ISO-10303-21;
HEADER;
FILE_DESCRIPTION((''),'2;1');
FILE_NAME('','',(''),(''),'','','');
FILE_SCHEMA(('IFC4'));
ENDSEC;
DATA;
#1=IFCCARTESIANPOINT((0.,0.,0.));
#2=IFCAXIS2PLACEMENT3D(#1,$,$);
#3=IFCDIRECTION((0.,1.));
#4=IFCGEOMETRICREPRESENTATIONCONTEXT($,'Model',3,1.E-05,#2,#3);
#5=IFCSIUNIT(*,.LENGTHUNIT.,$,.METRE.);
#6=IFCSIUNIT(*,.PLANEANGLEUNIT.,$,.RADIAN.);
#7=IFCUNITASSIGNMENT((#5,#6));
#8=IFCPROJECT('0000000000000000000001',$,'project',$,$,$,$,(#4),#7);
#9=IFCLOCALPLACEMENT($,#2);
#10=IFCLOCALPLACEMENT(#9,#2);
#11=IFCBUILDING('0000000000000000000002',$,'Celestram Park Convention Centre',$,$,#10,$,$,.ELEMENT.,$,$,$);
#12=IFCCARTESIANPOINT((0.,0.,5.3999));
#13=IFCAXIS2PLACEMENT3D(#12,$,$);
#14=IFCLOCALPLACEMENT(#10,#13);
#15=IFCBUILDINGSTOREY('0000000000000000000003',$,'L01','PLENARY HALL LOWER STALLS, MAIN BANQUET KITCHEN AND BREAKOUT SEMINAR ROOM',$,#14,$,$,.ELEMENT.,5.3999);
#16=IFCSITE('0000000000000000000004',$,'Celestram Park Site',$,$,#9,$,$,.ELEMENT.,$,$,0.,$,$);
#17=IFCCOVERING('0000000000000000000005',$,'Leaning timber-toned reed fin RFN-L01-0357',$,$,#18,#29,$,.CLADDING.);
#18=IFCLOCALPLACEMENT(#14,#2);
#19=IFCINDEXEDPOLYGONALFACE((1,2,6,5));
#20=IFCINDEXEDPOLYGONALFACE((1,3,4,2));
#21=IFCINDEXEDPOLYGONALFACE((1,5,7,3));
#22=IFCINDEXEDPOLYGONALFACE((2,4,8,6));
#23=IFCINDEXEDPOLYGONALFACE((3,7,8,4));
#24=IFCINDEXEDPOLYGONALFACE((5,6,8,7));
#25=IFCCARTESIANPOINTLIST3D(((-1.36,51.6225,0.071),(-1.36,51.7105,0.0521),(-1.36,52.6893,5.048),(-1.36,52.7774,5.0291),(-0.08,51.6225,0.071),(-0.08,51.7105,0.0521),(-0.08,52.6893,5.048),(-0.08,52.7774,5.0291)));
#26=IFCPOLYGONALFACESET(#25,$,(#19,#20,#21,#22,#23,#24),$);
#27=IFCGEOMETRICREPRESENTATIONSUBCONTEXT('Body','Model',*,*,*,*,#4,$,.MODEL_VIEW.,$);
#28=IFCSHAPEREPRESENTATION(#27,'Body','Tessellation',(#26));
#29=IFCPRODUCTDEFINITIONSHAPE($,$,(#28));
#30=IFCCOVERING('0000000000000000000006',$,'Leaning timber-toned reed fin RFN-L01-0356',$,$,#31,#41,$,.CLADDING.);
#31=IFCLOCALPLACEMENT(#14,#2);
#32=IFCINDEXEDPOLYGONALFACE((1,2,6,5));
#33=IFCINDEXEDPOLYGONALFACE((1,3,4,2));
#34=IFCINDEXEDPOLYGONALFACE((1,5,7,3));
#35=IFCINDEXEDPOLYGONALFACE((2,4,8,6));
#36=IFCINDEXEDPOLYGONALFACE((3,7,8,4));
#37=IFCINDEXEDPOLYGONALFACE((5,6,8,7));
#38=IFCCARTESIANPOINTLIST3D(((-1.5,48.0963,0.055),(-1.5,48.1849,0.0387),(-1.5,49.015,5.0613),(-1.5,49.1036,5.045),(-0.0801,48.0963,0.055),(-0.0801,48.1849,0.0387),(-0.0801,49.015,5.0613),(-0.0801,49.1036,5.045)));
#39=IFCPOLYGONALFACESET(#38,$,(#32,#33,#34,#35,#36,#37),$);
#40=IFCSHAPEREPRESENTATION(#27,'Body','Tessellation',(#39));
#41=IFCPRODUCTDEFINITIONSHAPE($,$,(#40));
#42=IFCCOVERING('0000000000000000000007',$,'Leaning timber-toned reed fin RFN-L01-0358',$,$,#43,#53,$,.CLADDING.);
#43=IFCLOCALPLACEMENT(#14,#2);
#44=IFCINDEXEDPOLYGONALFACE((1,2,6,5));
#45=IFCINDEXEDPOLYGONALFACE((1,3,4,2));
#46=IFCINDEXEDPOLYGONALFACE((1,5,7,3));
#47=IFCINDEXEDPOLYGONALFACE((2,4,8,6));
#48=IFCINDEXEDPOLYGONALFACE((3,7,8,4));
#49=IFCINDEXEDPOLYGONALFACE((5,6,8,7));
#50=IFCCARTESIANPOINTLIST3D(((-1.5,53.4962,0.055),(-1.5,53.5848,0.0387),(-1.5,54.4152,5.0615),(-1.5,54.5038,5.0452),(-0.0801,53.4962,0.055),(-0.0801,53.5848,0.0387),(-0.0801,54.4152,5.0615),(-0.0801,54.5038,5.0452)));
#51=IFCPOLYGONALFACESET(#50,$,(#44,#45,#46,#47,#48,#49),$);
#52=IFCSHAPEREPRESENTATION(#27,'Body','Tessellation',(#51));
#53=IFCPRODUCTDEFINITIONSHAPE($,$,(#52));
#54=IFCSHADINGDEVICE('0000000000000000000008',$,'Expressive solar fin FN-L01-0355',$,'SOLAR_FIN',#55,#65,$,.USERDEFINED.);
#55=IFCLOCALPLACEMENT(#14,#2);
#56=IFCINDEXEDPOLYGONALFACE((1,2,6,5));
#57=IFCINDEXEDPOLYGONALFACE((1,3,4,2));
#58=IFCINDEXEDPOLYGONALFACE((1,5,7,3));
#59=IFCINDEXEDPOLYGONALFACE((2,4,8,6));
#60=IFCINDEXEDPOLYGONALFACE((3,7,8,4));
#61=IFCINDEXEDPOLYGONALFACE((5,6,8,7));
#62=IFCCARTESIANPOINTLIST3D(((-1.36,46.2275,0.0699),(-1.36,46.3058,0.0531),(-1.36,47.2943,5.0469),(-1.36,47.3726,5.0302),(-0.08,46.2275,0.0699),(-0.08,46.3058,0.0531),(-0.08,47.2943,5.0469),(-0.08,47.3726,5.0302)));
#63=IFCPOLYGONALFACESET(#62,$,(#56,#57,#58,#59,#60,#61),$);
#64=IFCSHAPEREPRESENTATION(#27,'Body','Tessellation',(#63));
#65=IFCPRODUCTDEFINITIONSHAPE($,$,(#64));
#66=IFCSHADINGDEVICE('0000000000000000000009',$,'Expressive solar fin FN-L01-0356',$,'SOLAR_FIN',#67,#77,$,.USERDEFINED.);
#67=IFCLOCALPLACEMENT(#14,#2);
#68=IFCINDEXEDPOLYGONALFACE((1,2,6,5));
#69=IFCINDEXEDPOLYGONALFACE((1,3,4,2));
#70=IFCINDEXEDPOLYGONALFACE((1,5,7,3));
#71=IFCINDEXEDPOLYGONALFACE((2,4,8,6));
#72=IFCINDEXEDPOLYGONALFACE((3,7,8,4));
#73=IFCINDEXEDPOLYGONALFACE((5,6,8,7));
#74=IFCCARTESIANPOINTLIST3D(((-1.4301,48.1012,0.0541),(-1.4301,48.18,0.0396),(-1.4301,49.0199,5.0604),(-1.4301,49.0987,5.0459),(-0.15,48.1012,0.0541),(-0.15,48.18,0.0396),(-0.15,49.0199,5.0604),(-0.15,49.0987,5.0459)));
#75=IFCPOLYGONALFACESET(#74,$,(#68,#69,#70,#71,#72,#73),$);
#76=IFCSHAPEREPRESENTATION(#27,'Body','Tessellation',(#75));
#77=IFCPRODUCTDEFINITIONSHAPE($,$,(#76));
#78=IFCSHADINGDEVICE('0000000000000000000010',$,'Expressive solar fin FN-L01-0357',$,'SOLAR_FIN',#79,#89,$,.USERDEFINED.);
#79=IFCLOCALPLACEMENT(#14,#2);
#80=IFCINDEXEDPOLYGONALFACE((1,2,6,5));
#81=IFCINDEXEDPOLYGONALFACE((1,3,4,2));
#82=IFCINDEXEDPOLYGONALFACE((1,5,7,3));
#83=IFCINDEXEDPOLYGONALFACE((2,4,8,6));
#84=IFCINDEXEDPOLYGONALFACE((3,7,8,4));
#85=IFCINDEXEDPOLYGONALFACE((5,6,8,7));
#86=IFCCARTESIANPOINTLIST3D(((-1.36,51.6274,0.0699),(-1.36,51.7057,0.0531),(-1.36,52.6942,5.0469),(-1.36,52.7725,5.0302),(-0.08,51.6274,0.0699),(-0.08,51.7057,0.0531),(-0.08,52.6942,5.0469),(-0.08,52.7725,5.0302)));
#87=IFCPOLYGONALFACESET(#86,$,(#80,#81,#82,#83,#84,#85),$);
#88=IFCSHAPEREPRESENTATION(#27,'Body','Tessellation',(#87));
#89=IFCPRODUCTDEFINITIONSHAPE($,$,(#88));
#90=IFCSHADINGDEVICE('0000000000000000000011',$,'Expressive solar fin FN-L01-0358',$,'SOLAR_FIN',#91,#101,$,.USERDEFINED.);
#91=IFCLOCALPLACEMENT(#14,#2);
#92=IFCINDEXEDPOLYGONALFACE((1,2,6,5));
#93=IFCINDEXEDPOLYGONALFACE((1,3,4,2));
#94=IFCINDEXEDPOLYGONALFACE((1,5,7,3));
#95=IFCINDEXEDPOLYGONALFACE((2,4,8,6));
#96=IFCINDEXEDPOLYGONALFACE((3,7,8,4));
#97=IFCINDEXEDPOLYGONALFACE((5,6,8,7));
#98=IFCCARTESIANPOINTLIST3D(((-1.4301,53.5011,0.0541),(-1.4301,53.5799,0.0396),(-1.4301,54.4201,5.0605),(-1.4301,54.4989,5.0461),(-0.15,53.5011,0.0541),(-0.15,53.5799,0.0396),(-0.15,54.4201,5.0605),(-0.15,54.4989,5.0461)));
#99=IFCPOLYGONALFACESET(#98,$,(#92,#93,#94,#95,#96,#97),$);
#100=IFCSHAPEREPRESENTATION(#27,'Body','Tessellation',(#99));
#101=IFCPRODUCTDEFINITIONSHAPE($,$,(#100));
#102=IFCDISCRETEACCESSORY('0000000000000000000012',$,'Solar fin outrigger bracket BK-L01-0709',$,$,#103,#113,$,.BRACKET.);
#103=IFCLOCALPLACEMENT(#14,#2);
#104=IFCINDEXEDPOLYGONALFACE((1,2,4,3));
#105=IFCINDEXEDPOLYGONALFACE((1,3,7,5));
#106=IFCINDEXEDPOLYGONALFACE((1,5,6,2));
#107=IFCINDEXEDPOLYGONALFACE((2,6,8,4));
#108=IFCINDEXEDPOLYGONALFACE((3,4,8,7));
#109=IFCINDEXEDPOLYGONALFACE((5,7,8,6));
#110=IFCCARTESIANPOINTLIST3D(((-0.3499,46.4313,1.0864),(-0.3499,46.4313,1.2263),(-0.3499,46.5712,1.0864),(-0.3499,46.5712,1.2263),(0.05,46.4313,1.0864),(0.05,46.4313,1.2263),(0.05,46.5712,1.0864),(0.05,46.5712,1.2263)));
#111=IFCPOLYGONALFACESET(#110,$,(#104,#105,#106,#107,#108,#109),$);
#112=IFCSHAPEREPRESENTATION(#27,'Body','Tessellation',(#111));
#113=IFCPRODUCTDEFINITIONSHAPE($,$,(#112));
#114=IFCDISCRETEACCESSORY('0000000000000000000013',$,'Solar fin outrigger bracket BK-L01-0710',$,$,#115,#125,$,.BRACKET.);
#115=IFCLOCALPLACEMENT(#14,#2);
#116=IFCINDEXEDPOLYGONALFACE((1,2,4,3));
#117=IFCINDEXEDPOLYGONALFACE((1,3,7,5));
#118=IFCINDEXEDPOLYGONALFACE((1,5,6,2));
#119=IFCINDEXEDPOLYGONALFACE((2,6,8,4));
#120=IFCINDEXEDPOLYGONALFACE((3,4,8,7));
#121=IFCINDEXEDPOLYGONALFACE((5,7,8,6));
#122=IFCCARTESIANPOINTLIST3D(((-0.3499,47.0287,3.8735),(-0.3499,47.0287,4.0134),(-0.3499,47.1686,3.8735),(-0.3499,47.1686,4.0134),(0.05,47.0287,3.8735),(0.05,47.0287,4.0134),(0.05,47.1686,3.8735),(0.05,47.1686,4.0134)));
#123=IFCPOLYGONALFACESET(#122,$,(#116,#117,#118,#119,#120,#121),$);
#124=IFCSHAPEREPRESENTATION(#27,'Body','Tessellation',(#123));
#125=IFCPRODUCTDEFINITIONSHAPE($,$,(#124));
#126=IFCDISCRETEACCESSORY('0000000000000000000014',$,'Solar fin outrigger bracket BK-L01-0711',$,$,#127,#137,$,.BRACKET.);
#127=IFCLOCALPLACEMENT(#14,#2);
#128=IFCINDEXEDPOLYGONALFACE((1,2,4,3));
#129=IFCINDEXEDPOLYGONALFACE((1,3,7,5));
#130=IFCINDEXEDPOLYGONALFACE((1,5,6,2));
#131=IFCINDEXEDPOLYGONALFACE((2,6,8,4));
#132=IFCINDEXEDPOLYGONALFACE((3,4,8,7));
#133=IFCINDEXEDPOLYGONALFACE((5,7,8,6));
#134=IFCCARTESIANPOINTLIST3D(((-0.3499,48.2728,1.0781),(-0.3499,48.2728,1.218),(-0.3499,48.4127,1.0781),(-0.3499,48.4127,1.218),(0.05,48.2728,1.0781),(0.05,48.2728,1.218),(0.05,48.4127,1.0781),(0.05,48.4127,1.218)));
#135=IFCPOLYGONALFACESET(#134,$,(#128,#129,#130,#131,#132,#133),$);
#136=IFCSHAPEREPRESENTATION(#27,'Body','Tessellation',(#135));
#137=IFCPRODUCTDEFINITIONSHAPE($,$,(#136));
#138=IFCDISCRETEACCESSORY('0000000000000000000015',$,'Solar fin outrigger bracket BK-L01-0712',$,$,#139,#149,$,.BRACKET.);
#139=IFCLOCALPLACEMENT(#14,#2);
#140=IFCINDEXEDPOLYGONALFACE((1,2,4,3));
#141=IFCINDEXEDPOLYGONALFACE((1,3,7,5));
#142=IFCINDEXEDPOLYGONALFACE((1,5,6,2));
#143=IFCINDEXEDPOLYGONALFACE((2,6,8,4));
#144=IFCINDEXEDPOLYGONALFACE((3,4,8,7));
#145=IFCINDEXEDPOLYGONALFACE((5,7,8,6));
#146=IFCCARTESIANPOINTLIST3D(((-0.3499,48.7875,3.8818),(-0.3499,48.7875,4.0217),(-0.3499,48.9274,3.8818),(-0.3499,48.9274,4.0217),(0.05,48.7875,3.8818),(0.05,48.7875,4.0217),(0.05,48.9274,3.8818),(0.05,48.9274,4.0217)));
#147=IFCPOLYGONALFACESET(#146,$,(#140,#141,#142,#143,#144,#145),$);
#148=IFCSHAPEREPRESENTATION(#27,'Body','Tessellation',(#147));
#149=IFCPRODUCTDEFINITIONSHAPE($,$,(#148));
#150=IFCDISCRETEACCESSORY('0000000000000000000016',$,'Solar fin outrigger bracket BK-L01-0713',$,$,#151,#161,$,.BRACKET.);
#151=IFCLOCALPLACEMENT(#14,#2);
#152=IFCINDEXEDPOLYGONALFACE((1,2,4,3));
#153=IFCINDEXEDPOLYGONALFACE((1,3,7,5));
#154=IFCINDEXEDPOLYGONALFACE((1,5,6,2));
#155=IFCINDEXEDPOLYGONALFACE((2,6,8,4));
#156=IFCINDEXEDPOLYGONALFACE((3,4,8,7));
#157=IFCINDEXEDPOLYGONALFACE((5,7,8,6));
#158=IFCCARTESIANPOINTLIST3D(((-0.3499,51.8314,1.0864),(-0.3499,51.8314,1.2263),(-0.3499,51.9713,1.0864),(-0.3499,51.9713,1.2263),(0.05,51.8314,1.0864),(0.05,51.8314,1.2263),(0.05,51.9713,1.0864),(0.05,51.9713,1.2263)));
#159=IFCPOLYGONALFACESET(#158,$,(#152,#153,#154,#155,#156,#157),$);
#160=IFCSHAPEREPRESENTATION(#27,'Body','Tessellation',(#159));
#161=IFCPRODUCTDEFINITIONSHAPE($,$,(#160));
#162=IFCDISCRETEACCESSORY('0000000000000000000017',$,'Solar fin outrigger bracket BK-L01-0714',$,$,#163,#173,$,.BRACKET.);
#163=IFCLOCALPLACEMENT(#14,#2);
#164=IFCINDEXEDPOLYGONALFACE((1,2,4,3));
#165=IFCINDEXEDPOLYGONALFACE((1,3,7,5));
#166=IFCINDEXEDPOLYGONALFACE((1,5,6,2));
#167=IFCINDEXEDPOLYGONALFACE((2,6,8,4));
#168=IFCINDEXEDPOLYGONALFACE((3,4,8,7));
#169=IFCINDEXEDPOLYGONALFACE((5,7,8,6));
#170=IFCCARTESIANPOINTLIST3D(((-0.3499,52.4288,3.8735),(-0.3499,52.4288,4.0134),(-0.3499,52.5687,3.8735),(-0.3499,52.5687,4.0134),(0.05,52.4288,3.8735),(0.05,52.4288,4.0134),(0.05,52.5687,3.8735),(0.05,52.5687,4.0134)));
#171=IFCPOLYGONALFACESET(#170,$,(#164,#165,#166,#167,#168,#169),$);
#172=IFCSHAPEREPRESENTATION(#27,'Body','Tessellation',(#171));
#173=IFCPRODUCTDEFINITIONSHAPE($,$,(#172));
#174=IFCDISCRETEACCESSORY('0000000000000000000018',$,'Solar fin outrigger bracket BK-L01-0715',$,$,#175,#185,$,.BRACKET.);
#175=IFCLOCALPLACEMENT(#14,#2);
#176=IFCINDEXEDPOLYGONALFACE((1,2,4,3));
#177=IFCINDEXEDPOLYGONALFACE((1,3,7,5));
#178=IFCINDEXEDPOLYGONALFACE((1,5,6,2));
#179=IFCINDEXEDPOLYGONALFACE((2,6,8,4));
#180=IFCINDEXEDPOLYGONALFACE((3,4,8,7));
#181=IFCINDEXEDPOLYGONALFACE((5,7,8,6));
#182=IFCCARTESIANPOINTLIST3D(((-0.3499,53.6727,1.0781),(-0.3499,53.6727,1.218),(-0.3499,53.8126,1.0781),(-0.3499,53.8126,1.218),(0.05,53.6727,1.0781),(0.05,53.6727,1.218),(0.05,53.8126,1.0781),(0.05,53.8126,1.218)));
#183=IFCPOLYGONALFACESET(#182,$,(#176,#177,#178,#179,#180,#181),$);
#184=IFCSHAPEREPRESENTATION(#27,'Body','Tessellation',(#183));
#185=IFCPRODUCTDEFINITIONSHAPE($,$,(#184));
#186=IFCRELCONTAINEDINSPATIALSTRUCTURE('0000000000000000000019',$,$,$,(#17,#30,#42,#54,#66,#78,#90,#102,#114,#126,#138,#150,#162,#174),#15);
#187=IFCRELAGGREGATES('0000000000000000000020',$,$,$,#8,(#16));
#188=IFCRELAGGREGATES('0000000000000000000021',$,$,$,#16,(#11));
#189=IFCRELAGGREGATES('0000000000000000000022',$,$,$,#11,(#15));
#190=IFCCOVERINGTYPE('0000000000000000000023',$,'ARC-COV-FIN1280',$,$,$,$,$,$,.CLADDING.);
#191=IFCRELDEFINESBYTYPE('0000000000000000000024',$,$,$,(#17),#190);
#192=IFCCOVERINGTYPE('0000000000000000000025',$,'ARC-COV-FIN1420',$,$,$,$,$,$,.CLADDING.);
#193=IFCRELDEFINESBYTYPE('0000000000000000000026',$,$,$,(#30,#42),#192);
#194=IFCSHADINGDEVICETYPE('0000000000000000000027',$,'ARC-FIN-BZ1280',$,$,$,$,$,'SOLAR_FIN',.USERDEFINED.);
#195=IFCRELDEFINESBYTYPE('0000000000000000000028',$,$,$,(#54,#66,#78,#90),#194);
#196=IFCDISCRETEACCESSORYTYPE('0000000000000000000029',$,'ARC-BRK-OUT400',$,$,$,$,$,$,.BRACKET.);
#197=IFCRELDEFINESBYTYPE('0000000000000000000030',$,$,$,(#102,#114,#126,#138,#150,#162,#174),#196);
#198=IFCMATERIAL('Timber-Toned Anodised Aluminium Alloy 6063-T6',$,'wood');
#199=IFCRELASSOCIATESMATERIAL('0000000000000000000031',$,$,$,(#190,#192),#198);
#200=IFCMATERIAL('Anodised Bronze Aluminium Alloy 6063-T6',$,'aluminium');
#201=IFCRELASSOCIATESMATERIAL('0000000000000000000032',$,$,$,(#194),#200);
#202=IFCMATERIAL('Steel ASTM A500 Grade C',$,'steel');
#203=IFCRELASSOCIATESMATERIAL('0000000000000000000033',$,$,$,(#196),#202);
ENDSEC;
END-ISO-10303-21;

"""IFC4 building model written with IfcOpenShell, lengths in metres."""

from ifc_helpers import new_model, si_unit, direction, frame, origin, origin_2d, place, context, subcontext, project, spatial, rectangle, extrude, material, material_profile, profile_set, type_object, element, save


model = new_model("IFC4")

# Units and contexts
model_context = context("Model", 3, precision=1e-05, world=origin(), true_north=direction((0.0, 1.0)))
body_context = subcontext(model_context, "Body", "Model", "MODEL_VIEW")
ifc_project = project(units=[si_unit("LENGTHUNIT", "METRE"), si_unit("PLANEANGLEUNIT", "RADIAN")], contexts=[model_context])

# Site, building, storey
site_placement = place(None, origin())
site = spatial("IfcSite", under=ifc_project, at=site_placement, Name="Celestram Park Site", CompositionType="ELEMENT", RefElevation=0.0)
building_placement = place(site_placement, origin())
building = spatial("IfcBuilding", under=site, at=building_placement, Name="Celestram Park Convention Centre", CompositionType="ELEMENT")
storey_placement = place(building_placement, frame((0.0, 0.0, 5.3999)))
storey = spatial("IfcBuildingStorey", under=building, at=storey_placement, Name="L01", Description="PLENARY HALL LOWER STALLS, MAIN BANQUET KITCHEN AND BREAKOUT SEMINAR ROOM", CompositionType="ELEMENT", Elevation=5.3999)

# Shared definitions
ifc_material_1 = material(Name="Steel ASTM A500 Grade C", Category="steel")

# Coverings
ifc_material_2 = material(Name="Timber-Toned Anodised Aluminium Alloy 6063-T6", Category="wood")
ifc_material_profile_1 = material_profile(ifc_material_2, rectangle(XDim=1.28, YDim=0.0901, at=origin_2d()), Name="REED1280X90")
ifc_profile_set_1 = profile_set([ifc_material_profile_1], Name="Timber-Toned Anodised Aluminium Alloy 6063-T6")
covering_type_1 = type_object("IfcCoveringType", Name="ARC-COV-FIN1280", PredefinedType="CLADDING", material=ifc_profile_set_1)
covering_1_placement = place(storey_placement, frame((-0.72, 51.6665, 0.0615), z_axis=(0.0, 0.209601, 0.977787), x_axis=(-1.0, 0.0, 0.0)))
element("IfcCovering", 1, at=covering_1_placement, inside=storey, type_object=covering_type_1, Name="Leaning timber-toned reed fin RFN-L01-0357", PredefinedType="CLADDING", context=body_context, shape_type="SweptSolid", body=[
    extrude(rectangle(XDim=1.28, YDim=0.0901, at=origin_2d()), origin(), (0.0, 0.0, 1.0), 5.0901),
])
ifc_material_profile_2 = material_profile(ifc_material_2, rectangle(XDim=1.4199, YDim=0.0901, at=origin_2d()), Name="REED1420X90")
ifc_profile_set_2 = profile_set([ifc_material_profile_2], Name="Timber-Toned Anodised Aluminium Alloy 6063-T6")
covering_type_2 = type_object("IfcCoveringType", Name="ARC-COV-FIN1420", PredefinedType="CLADDING", material=ifc_profile_set_2)
covering_2_placement = place(storey_placement, frame((-0.79, 48.1406, 0.0469), z_axis=(0.0, 0.180493, 0.983576), x_axis=(-1.0, 0.0, 0.0)))
element("IfcCovering", 2, at=covering_2_placement, inside=storey, type_object=covering_type_2, Name="Leaning timber-toned reed fin RFN-L01-0356", PredefinedType="CLADDING", context=body_context, shape_type="SweptSolid", body=[
    extrude(rectangle(XDim=1.4199, YDim=0.0901, at=origin_2d()), origin(), (0.0, 0.0, 1.0), 5.0898),
])
covering_3_placement = place(storey_placement, frame((-0.79, 53.5405, 0.0469), z_axis=(0.0, 0.18054, 0.983568), x_axis=(-1.0, 0.0, 0.0)))
element("IfcCovering", 3, at=covering_3_placement, inside=storey, type_object=covering_type_2, Name="Leaning timber-toned reed fin RFN-L01-0358", PredefinedType="CLADDING", context=body_context, shape_type="SweptSolid", body=[
    extrude(rectangle(XDim=1.4199, YDim=0.0901, at=origin_2d()), origin(), (0.0, 0.0, 1.0), 5.0901),
])

# Shading devices
ifc_material_3 = material(Name="Anodised Bronze Aluminium Alloy 6063-T6", Category="aluminium")
ifc_material_profile_3 = material_profile(ifc_material_3, rectangle(XDim=1.28, YDim=0.0801, at=origin_2d()), Name="FIN1280X80")
ifc_profile_set_3 = profile_set([ifc_material_profile_3], Name="Anodised Bronze Aluminium Alloy 6063-T6")
shading_device_type = type_object("IfcShadingDeviceType", Name="ARC-FIN-BZ1280", ElementType="SOLAR_FIN", PredefinedType="USERDEFINED", material=ifc_profile_set_3)
shading_device_1_placement = place(storey_placement, frame((-0.72, 46.2666, 0.0615), z_axis=(0.0, 0.209601, 0.977787), x_axis=(-1.0, 0.0, 0.0)))
element("IfcShadingDevice", 4, at=shading_device_1_placement, inside=storey, type_object=shading_device_type, Name="Expressive solar fin FN-L01-0355", ObjectType="SOLAR_FIN", PredefinedType="USERDEFINED", context=body_context, shape_type="SweptSolid", body=[
    extrude(rectangle(XDim=1.28, YDim=0.0801, at=origin_2d()), origin(), (0.0, 0.0, 1.0), 5.0901),
])
shading_device_2_placement = place(storey_placement, frame((-0.79, 48.1406, 0.0469), z_axis=(0.0, 0.180493, 0.983576), x_axis=(-1.0, 0.0, 0.0)))
element("IfcShadingDevice", 5, at=shading_device_2_placement, inside=storey, type_object=shading_device_type, Name="Expressive solar fin FN-L01-0356", ObjectType="SOLAR_FIN", PredefinedType="USERDEFINED", context=body_context, shape_type="SweptSolid", body=[
    extrude(rectangle(XDim=1.28, YDim=0.0801, at=origin_2d()), origin(), (0.0, 0.0, 1.0), 5.0898),
])
for number, where, z_axis, x_axis, name in (
    (6, (-0.72, 51.6665, 0.0615), (0.0, 0.209601, 0.977787), (-1.0, 0.0, 0.0), "Expressive solar fin FN-L01-0357"),
    (7, (-0.79, 53.5405, 0.0469), (0.0, 0.18054, 0.983568), (-1.0, 0.0, 0.0), "Expressive solar fin FN-L01-0358"),
):
    element("IfcShadingDevice", number, at=place(storey_placement, frame(where, z_axis=z_axis, x_axis=x_axis)), inside=storey, type_object=shading_device_type, Name=name, ObjectType="SOLAR_FIN", PredefinedType="USERDEFINED", context=body_context, shape_type="SweptSolid", body=[
        extrude(rectangle(XDim=1.28, YDim=0.0801, at=origin_2d()), origin(), (0.0, 0.0, 1.0), 5.0901),
    ])

# Discrete accessories
discrete_accessory_type = type_object("IfcDiscreteAccessoryType", Name="ARC-BRK-OUT400", PredefinedType="BRACKET", material=ifc_material_1)
for number, where, z_axis, x_axis, name in (
    (8, (-0.1499, 46.5012, 1.0864), (0.0, 0.0, 1.0), (-1.0, 0.0, 0.0), "Solar fin outrigger bracket BK-L01-0709"),
    (9, (-0.1499, 47.0986, 3.8735), (0.0, 0.0, 1.0), (-1.0, 0.0, 0.0), "Solar fin outrigger bracket BK-L01-0710"),
    (10, (-0.1499, 48.3428, 1.0781), (0.0, 0.0, 1.0), (-1.0, 0.0, 0.0), "Solar fin outrigger bracket BK-L01-0711"),
    (11, (-0.1499, 48.8574, 3.8818), (0.0, 0.0, 1.0), (-1.0, 0.0, 0.0), "Solar fin outrigger bracket BK-L01-0712"),
    (12, (-0.1499, 51.9014, 1.0864), (0.0, 0.0, 1.0), (-1.0, 0.0, 0.0), "Solar fin outrigger bracket BK-L01-0713"),
    (13, (-0.1499, 52.4988, 3.8735), (0.0, 0.0, 1.0), (-1.0, 0.0, 0.0), "Solar fin outrigger bracket BK-L01-0714"),
    (14, (-0.1499, 53.7427, 1.0781), (0.0, 0.0, 1.0), (-1.0, 0.0, 0.0), "Solar fin outrigger bracket BK-L01-0715"),
):
    element("IfcDiscreteAccessory", number, at=place(storey_placement, frame(where, z_axis=z_axis, x_axis=x_axis)), inside=storey, type_object=discrete_accessory_type, Name=name, PredefinedType="BRACKET", context=body_context, shape_type="SweptSolid", body=[
        extrude(rectangle(XDim=0.3999, YDim=0.1399, at=origin_2d()), origin(), (0.0, 0.0, 1.0), 0.1399),
    ])

save(model, "model.ifc")
